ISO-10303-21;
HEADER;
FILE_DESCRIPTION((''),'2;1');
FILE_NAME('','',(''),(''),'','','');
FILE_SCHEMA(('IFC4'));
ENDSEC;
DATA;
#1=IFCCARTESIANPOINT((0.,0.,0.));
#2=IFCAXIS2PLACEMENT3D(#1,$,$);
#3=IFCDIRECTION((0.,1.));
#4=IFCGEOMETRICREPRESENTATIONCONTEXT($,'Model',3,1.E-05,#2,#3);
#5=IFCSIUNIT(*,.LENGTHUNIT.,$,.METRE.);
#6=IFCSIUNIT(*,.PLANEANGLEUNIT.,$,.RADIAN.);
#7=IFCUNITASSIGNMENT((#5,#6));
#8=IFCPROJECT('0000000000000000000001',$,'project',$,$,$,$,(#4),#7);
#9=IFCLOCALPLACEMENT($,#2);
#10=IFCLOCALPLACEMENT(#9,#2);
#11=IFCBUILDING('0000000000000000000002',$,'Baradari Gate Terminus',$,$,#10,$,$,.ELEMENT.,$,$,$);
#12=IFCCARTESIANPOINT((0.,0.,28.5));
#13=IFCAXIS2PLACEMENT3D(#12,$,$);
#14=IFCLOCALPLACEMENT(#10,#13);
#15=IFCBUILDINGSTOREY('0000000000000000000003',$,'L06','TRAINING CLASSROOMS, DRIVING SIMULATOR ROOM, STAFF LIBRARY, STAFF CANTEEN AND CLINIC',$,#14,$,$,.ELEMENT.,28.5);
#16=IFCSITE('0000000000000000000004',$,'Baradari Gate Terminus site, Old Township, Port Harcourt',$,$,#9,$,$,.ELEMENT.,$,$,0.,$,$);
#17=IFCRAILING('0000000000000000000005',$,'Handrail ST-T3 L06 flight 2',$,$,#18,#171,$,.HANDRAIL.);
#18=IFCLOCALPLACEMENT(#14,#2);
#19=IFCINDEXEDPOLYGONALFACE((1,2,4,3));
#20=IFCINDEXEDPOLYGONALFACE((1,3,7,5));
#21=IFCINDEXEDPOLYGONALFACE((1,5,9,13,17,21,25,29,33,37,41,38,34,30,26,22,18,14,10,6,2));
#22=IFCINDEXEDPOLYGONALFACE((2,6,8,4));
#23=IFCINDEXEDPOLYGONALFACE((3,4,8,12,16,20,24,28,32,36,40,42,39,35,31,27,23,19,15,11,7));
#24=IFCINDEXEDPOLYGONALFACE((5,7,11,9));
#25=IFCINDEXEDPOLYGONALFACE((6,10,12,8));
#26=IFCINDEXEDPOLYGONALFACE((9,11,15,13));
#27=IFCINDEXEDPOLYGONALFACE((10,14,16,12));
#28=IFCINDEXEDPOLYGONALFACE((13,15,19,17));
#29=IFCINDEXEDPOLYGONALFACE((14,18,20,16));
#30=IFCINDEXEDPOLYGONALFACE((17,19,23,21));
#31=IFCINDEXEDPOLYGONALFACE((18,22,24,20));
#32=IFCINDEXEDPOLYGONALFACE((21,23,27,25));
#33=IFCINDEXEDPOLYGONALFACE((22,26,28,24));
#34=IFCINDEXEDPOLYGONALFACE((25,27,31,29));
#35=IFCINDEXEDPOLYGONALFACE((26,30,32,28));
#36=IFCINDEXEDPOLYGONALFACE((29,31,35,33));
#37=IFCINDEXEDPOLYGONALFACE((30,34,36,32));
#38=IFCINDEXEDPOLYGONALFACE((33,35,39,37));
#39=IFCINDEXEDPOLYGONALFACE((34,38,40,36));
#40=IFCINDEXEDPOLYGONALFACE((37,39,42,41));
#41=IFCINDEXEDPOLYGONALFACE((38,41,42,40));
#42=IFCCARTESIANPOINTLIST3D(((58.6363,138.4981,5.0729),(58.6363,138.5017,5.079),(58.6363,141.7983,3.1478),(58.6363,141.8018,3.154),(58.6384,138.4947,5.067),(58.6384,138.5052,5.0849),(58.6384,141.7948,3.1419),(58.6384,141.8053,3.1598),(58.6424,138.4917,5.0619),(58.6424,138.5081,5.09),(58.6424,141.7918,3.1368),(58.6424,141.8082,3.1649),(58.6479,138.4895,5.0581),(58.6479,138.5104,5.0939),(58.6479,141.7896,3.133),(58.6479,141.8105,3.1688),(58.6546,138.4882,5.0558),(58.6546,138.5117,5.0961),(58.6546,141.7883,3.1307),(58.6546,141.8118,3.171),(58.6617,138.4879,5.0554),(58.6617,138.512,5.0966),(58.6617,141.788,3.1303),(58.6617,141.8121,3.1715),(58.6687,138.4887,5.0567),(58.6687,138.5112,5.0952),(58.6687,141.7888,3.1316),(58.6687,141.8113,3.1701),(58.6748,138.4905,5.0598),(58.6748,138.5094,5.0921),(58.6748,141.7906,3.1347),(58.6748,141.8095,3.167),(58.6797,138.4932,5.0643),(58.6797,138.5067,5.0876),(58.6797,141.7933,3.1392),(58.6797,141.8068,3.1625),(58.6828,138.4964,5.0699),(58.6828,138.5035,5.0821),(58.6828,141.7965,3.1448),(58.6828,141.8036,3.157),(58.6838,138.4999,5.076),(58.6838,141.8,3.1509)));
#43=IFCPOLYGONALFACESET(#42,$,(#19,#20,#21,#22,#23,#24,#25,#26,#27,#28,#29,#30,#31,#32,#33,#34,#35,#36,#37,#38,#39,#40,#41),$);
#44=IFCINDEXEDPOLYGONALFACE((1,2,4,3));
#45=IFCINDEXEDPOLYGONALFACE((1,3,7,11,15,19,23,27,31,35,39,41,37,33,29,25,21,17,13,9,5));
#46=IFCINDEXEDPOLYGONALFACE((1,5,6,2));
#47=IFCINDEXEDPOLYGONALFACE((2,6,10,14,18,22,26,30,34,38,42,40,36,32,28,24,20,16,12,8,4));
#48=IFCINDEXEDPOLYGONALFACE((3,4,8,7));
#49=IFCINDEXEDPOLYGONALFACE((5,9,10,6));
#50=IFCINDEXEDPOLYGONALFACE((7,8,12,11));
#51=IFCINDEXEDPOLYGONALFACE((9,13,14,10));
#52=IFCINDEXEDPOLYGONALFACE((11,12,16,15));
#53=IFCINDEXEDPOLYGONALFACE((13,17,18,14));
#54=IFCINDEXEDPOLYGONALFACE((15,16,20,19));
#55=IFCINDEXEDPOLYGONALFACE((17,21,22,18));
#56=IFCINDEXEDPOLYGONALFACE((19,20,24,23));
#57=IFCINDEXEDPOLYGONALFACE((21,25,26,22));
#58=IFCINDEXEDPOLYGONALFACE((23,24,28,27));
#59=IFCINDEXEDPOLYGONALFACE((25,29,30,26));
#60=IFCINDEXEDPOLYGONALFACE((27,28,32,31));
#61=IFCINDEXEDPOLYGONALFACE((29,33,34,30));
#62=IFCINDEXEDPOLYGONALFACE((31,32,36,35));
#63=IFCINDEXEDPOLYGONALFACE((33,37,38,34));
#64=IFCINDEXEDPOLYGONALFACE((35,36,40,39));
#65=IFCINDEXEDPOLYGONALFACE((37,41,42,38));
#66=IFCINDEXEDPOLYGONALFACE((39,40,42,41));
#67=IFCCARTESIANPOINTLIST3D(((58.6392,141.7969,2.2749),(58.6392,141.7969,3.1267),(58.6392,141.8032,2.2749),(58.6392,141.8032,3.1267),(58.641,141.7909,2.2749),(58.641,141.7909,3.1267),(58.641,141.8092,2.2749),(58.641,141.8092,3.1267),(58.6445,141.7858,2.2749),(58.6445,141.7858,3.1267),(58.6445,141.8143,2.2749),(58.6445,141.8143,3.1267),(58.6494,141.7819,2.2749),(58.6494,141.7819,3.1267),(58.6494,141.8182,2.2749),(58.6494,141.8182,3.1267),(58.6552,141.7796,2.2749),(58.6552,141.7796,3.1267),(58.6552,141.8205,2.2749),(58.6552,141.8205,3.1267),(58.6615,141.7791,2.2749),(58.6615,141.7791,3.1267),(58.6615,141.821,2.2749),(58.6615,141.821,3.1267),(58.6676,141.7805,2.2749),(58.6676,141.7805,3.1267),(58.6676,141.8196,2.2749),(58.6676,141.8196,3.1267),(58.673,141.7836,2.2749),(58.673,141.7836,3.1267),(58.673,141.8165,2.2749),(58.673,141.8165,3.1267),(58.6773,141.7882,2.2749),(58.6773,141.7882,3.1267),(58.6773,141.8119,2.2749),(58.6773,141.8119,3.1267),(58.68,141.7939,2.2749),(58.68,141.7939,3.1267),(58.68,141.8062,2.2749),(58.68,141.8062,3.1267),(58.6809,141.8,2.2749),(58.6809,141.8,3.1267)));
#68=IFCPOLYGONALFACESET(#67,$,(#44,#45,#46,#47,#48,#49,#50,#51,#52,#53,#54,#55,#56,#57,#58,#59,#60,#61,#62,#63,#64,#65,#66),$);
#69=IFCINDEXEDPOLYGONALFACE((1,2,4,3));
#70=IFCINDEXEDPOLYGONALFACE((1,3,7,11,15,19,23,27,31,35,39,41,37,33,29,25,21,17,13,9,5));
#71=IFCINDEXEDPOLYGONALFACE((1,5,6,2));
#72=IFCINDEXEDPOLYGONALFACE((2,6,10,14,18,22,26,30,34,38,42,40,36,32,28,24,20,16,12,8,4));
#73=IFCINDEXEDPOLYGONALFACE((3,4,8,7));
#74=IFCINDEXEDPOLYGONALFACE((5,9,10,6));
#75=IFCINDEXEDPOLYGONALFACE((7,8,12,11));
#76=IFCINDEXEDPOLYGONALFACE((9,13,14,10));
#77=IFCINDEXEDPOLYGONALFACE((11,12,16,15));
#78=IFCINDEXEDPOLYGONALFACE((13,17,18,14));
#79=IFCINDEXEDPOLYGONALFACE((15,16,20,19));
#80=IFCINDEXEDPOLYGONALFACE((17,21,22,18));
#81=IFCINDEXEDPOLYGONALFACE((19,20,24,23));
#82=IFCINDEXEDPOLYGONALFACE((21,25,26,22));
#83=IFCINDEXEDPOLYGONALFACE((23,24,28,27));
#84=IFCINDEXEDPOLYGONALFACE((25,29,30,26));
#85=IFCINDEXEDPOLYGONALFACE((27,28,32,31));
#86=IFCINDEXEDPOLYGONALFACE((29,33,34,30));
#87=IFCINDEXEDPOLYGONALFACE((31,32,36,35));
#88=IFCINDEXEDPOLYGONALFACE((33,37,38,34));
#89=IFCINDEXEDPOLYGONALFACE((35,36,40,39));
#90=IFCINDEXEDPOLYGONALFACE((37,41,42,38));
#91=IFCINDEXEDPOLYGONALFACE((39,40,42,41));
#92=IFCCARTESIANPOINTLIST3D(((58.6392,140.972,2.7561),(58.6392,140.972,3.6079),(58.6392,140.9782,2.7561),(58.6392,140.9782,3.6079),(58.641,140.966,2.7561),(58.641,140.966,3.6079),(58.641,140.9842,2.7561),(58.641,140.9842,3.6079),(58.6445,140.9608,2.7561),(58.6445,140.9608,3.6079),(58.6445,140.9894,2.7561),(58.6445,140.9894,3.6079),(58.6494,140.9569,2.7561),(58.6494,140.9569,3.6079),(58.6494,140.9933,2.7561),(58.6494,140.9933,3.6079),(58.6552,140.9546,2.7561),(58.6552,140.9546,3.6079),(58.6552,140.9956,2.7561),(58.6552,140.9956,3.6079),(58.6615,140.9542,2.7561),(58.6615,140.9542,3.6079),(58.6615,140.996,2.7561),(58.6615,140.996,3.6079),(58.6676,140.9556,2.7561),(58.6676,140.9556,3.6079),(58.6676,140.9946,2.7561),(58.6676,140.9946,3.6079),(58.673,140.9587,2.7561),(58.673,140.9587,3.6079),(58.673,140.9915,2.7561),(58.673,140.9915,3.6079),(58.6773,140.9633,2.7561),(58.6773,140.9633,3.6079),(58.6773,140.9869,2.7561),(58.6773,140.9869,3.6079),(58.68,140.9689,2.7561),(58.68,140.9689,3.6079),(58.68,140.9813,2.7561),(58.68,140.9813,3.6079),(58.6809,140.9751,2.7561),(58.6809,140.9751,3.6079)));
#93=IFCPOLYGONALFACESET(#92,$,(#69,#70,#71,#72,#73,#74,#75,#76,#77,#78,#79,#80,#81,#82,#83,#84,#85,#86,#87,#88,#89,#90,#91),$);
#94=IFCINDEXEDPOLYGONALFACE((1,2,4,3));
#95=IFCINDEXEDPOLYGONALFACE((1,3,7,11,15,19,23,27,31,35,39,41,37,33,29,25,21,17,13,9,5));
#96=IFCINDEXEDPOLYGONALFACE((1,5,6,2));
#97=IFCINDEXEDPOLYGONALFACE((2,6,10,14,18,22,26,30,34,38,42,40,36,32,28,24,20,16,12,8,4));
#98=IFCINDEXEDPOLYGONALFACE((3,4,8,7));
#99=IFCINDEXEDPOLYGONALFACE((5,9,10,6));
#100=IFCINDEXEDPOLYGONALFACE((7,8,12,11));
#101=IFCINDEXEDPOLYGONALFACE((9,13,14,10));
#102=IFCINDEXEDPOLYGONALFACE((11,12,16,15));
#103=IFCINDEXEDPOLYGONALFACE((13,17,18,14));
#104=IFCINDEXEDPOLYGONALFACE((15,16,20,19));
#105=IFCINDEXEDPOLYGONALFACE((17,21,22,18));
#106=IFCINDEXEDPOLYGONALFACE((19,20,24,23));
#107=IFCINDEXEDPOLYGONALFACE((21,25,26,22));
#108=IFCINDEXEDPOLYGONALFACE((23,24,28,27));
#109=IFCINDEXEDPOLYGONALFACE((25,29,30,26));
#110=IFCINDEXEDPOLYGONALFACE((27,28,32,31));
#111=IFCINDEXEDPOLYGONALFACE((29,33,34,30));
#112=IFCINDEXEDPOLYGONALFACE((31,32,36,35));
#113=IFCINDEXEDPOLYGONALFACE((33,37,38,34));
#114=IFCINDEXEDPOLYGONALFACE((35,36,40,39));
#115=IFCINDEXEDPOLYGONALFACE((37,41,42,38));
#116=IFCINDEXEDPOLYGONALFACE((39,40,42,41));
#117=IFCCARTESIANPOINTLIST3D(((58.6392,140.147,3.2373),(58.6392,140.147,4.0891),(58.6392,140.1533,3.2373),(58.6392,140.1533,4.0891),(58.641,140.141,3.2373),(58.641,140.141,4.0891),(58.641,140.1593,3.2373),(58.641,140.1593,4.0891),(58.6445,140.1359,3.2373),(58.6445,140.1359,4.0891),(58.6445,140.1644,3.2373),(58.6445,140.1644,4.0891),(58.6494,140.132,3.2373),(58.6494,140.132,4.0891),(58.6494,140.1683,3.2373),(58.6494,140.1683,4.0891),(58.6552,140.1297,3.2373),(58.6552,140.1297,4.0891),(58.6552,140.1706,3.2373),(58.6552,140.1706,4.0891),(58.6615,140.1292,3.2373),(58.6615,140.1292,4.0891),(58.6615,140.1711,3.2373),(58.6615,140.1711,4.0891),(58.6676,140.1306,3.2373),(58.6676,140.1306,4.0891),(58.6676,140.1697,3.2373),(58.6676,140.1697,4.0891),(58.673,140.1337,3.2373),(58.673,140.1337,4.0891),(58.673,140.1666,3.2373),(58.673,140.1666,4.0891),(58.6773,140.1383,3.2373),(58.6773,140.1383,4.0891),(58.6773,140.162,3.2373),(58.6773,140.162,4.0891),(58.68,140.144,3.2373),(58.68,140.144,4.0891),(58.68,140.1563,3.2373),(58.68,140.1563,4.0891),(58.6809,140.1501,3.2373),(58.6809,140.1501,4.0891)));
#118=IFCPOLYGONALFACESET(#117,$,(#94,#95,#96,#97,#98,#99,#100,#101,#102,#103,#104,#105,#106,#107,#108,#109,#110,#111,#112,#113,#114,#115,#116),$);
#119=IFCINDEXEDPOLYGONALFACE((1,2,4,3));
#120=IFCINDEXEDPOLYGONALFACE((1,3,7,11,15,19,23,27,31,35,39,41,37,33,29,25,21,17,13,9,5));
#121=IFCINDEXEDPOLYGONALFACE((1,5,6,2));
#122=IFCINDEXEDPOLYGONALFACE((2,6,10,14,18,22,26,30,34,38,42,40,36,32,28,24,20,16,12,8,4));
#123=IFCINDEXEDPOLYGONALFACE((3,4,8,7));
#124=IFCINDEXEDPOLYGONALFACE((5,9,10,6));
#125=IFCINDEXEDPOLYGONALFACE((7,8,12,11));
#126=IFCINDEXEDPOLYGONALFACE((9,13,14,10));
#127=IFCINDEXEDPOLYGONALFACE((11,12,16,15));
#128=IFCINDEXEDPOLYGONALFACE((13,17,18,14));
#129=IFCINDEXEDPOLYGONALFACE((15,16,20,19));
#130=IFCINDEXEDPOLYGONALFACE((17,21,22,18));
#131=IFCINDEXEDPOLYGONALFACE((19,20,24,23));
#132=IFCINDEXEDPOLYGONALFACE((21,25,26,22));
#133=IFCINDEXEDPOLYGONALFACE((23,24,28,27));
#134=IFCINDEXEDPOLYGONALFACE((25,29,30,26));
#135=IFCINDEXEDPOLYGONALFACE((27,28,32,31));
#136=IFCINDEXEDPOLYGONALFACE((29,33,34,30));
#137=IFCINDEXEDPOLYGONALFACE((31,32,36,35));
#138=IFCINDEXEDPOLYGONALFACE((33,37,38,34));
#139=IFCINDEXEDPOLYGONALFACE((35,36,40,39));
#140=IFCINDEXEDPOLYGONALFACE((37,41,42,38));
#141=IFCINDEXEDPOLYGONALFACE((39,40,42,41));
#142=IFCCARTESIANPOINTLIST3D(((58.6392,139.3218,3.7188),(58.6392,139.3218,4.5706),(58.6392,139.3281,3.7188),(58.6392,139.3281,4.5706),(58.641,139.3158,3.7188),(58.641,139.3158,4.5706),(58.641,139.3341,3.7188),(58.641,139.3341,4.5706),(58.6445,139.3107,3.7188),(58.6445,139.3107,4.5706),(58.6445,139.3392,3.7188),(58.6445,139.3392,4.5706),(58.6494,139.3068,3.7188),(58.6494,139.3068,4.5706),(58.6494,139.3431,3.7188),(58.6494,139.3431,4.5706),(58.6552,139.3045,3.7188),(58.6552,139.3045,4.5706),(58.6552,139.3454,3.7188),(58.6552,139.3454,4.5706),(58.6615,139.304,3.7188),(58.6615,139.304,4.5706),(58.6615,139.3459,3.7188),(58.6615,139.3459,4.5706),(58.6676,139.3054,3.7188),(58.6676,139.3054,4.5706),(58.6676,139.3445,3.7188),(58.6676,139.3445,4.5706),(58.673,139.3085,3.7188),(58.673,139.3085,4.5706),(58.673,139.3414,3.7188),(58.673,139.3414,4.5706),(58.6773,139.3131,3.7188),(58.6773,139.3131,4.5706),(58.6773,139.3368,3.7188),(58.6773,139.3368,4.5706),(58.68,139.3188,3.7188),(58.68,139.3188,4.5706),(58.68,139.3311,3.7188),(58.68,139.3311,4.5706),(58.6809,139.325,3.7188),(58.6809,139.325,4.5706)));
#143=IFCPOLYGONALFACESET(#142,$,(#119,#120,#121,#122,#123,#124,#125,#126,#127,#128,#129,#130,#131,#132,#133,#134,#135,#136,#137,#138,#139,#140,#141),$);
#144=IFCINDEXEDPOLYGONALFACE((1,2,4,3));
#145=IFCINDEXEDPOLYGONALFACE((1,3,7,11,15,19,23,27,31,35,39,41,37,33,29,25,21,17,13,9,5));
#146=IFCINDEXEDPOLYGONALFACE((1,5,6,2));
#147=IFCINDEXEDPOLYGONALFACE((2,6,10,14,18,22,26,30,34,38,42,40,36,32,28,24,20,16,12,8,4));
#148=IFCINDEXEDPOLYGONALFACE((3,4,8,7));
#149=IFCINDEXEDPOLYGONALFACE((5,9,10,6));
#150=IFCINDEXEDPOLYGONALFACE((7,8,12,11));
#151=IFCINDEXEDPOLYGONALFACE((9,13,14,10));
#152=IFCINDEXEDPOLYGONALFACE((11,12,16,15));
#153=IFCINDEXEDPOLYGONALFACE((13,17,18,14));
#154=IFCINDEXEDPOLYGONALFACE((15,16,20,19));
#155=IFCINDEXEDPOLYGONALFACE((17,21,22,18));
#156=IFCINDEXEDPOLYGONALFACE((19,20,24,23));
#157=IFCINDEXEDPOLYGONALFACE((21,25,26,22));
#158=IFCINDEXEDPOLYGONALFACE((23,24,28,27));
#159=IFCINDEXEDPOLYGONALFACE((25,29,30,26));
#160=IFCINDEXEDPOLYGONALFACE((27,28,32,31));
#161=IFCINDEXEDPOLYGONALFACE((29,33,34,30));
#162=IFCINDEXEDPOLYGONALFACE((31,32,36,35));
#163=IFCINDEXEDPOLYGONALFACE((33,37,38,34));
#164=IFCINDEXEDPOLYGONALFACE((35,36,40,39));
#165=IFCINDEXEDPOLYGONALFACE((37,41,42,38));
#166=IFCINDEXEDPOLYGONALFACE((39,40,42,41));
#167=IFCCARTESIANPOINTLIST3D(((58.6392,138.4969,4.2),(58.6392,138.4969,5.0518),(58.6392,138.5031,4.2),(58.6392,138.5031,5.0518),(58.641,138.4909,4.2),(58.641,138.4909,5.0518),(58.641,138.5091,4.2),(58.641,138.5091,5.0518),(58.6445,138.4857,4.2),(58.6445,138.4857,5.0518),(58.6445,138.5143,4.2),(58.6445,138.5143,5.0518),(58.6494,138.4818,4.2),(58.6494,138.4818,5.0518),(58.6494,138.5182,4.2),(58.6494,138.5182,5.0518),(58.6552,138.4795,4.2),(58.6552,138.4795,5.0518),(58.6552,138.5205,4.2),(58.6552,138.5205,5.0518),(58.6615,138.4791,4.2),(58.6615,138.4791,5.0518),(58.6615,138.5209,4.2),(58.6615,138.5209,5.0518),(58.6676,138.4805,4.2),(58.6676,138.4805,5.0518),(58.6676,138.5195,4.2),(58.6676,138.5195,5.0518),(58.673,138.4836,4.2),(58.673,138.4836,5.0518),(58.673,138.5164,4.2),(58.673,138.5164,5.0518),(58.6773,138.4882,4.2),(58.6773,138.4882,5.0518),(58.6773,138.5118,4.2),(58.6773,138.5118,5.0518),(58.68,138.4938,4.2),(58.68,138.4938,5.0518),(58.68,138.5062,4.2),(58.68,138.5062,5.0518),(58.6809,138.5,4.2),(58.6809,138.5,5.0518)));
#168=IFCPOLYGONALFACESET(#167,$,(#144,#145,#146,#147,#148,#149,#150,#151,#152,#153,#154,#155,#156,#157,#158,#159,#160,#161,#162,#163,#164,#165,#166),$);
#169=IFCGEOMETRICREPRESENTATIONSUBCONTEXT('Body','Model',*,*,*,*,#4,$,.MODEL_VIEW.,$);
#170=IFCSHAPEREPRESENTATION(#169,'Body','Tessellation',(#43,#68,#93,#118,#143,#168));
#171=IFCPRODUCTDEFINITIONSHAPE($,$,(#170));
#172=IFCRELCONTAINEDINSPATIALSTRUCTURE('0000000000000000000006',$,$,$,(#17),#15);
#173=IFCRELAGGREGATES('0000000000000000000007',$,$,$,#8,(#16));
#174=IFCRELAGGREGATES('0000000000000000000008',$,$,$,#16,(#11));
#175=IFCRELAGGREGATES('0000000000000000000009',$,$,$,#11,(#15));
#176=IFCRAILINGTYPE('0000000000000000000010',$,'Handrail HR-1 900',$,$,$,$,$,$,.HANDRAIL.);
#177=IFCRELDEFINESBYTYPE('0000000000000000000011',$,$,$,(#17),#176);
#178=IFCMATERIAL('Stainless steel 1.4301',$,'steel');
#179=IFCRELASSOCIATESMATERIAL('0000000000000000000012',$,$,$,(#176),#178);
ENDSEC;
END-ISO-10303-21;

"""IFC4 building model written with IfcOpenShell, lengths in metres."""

from ifc_helpers import new_model, si_unit, direction, frame, origin, origin_2d, place, context, subcontext, project, spatial, circle, extrude, material, type_object, element, save


model = new_model("IFC4")

# Units and contexts
model_context = context("Model", 3, precision=1e-05, world=origin(), true_north=direction((0.0, 1.0)))
body_context = subcontext(model_context, "Body", "Model", "MODEL_VIEW")
ifc_project = project(units=[si_unit("LENGTHUNIT", "METRE"), si_unit("PLANEANGLEUNIT", "RADIAN")], contexts=[model_context])

# Site, building, storey
site_placement = place(None, origin())
site = spatial("IfcSite", under=ifc_project, at=site_placement, Name="Baradari Gate Terminus site, Old Township, Port Harcourt", CompositionType="ELEMENT", RefElevation=0.0)
building_placement = place(site_placement, origin())
building = spatial("IfcBuilding", under=site, at=building_placement, Name="Baradari Gate Terminus", CompositionType="ELEMENT")
storey_placement = place(building_placement, frame((0.0, 0.0, 28.5)))
storey = spatial("IfcBuildingStorey", under=building, at=storey_placement, Name="L06", Description="TRAINING CLASSROOMS, DRIVING SIMULATOR ROOM, STAFF LIBRARY, STAFF CANTEEN AND CLINIC", CompositionType="ELEMENT", Elevation=28.5)

# Railing
ifc_material_1 = material(Name="Stainless steel 1.4301", Category="steel")
railing_type = type_object("IfcRailingType", Name="Handrail HR-1 900", PredefinedType="HANDRAIL", material=ifc_material_1)
for number, where, name in (
    (1, (58.6599, 141.8, 2.2749), "Handrail ST-T3 L06 flight 2"),
):
    element("IfcRailing", number, at=place(storey_placement, frame(where)), inside=storey, type_object=railing_type, Name=name, PredefinedType="HANDRAIL", context=body_context, shape_type="SweptSolid", body=[
        extrude(circle(Radius=0.0239, at=origin_2d()), frame((0.0, 0.0, 0.876), z_axis=(0.0, -0.863777, 0.503875), x_axis=(1.0, 0.0, 0.0)), (0.0, 0.0, 1.0), 3.8206),
        extrude(circle(Radius=0.021, at=origin_2d()), origin(), (0.0, 0.0, 1.0), 0.8518),
        extrude(circle(Radius=0.021, at=origin_2d()), frame((0.0, -0.825, 0.4812)), (0.0, 0.0, 1.0), 0.8518),
        extrude(circle(Radius=0.021, at=origin_2d()), frame((0.0, -1.6499, 0.9624)), (0.0, 0.0, 1.0), 0.8518),
        extrude(circle(Radius=0.021, at=origin_2d()), frame((0.0, -2.4751, 1.4438)), (0.0, 0.0, 1.0), 0.8518),
        extrude(circle(Radius=0.021, at=origin_2d()), frame((0.0, -3.3, 1.925)), (0.0, 0.0, 1.0), 0.8518),
    ])

save(model, "model.ifc")
